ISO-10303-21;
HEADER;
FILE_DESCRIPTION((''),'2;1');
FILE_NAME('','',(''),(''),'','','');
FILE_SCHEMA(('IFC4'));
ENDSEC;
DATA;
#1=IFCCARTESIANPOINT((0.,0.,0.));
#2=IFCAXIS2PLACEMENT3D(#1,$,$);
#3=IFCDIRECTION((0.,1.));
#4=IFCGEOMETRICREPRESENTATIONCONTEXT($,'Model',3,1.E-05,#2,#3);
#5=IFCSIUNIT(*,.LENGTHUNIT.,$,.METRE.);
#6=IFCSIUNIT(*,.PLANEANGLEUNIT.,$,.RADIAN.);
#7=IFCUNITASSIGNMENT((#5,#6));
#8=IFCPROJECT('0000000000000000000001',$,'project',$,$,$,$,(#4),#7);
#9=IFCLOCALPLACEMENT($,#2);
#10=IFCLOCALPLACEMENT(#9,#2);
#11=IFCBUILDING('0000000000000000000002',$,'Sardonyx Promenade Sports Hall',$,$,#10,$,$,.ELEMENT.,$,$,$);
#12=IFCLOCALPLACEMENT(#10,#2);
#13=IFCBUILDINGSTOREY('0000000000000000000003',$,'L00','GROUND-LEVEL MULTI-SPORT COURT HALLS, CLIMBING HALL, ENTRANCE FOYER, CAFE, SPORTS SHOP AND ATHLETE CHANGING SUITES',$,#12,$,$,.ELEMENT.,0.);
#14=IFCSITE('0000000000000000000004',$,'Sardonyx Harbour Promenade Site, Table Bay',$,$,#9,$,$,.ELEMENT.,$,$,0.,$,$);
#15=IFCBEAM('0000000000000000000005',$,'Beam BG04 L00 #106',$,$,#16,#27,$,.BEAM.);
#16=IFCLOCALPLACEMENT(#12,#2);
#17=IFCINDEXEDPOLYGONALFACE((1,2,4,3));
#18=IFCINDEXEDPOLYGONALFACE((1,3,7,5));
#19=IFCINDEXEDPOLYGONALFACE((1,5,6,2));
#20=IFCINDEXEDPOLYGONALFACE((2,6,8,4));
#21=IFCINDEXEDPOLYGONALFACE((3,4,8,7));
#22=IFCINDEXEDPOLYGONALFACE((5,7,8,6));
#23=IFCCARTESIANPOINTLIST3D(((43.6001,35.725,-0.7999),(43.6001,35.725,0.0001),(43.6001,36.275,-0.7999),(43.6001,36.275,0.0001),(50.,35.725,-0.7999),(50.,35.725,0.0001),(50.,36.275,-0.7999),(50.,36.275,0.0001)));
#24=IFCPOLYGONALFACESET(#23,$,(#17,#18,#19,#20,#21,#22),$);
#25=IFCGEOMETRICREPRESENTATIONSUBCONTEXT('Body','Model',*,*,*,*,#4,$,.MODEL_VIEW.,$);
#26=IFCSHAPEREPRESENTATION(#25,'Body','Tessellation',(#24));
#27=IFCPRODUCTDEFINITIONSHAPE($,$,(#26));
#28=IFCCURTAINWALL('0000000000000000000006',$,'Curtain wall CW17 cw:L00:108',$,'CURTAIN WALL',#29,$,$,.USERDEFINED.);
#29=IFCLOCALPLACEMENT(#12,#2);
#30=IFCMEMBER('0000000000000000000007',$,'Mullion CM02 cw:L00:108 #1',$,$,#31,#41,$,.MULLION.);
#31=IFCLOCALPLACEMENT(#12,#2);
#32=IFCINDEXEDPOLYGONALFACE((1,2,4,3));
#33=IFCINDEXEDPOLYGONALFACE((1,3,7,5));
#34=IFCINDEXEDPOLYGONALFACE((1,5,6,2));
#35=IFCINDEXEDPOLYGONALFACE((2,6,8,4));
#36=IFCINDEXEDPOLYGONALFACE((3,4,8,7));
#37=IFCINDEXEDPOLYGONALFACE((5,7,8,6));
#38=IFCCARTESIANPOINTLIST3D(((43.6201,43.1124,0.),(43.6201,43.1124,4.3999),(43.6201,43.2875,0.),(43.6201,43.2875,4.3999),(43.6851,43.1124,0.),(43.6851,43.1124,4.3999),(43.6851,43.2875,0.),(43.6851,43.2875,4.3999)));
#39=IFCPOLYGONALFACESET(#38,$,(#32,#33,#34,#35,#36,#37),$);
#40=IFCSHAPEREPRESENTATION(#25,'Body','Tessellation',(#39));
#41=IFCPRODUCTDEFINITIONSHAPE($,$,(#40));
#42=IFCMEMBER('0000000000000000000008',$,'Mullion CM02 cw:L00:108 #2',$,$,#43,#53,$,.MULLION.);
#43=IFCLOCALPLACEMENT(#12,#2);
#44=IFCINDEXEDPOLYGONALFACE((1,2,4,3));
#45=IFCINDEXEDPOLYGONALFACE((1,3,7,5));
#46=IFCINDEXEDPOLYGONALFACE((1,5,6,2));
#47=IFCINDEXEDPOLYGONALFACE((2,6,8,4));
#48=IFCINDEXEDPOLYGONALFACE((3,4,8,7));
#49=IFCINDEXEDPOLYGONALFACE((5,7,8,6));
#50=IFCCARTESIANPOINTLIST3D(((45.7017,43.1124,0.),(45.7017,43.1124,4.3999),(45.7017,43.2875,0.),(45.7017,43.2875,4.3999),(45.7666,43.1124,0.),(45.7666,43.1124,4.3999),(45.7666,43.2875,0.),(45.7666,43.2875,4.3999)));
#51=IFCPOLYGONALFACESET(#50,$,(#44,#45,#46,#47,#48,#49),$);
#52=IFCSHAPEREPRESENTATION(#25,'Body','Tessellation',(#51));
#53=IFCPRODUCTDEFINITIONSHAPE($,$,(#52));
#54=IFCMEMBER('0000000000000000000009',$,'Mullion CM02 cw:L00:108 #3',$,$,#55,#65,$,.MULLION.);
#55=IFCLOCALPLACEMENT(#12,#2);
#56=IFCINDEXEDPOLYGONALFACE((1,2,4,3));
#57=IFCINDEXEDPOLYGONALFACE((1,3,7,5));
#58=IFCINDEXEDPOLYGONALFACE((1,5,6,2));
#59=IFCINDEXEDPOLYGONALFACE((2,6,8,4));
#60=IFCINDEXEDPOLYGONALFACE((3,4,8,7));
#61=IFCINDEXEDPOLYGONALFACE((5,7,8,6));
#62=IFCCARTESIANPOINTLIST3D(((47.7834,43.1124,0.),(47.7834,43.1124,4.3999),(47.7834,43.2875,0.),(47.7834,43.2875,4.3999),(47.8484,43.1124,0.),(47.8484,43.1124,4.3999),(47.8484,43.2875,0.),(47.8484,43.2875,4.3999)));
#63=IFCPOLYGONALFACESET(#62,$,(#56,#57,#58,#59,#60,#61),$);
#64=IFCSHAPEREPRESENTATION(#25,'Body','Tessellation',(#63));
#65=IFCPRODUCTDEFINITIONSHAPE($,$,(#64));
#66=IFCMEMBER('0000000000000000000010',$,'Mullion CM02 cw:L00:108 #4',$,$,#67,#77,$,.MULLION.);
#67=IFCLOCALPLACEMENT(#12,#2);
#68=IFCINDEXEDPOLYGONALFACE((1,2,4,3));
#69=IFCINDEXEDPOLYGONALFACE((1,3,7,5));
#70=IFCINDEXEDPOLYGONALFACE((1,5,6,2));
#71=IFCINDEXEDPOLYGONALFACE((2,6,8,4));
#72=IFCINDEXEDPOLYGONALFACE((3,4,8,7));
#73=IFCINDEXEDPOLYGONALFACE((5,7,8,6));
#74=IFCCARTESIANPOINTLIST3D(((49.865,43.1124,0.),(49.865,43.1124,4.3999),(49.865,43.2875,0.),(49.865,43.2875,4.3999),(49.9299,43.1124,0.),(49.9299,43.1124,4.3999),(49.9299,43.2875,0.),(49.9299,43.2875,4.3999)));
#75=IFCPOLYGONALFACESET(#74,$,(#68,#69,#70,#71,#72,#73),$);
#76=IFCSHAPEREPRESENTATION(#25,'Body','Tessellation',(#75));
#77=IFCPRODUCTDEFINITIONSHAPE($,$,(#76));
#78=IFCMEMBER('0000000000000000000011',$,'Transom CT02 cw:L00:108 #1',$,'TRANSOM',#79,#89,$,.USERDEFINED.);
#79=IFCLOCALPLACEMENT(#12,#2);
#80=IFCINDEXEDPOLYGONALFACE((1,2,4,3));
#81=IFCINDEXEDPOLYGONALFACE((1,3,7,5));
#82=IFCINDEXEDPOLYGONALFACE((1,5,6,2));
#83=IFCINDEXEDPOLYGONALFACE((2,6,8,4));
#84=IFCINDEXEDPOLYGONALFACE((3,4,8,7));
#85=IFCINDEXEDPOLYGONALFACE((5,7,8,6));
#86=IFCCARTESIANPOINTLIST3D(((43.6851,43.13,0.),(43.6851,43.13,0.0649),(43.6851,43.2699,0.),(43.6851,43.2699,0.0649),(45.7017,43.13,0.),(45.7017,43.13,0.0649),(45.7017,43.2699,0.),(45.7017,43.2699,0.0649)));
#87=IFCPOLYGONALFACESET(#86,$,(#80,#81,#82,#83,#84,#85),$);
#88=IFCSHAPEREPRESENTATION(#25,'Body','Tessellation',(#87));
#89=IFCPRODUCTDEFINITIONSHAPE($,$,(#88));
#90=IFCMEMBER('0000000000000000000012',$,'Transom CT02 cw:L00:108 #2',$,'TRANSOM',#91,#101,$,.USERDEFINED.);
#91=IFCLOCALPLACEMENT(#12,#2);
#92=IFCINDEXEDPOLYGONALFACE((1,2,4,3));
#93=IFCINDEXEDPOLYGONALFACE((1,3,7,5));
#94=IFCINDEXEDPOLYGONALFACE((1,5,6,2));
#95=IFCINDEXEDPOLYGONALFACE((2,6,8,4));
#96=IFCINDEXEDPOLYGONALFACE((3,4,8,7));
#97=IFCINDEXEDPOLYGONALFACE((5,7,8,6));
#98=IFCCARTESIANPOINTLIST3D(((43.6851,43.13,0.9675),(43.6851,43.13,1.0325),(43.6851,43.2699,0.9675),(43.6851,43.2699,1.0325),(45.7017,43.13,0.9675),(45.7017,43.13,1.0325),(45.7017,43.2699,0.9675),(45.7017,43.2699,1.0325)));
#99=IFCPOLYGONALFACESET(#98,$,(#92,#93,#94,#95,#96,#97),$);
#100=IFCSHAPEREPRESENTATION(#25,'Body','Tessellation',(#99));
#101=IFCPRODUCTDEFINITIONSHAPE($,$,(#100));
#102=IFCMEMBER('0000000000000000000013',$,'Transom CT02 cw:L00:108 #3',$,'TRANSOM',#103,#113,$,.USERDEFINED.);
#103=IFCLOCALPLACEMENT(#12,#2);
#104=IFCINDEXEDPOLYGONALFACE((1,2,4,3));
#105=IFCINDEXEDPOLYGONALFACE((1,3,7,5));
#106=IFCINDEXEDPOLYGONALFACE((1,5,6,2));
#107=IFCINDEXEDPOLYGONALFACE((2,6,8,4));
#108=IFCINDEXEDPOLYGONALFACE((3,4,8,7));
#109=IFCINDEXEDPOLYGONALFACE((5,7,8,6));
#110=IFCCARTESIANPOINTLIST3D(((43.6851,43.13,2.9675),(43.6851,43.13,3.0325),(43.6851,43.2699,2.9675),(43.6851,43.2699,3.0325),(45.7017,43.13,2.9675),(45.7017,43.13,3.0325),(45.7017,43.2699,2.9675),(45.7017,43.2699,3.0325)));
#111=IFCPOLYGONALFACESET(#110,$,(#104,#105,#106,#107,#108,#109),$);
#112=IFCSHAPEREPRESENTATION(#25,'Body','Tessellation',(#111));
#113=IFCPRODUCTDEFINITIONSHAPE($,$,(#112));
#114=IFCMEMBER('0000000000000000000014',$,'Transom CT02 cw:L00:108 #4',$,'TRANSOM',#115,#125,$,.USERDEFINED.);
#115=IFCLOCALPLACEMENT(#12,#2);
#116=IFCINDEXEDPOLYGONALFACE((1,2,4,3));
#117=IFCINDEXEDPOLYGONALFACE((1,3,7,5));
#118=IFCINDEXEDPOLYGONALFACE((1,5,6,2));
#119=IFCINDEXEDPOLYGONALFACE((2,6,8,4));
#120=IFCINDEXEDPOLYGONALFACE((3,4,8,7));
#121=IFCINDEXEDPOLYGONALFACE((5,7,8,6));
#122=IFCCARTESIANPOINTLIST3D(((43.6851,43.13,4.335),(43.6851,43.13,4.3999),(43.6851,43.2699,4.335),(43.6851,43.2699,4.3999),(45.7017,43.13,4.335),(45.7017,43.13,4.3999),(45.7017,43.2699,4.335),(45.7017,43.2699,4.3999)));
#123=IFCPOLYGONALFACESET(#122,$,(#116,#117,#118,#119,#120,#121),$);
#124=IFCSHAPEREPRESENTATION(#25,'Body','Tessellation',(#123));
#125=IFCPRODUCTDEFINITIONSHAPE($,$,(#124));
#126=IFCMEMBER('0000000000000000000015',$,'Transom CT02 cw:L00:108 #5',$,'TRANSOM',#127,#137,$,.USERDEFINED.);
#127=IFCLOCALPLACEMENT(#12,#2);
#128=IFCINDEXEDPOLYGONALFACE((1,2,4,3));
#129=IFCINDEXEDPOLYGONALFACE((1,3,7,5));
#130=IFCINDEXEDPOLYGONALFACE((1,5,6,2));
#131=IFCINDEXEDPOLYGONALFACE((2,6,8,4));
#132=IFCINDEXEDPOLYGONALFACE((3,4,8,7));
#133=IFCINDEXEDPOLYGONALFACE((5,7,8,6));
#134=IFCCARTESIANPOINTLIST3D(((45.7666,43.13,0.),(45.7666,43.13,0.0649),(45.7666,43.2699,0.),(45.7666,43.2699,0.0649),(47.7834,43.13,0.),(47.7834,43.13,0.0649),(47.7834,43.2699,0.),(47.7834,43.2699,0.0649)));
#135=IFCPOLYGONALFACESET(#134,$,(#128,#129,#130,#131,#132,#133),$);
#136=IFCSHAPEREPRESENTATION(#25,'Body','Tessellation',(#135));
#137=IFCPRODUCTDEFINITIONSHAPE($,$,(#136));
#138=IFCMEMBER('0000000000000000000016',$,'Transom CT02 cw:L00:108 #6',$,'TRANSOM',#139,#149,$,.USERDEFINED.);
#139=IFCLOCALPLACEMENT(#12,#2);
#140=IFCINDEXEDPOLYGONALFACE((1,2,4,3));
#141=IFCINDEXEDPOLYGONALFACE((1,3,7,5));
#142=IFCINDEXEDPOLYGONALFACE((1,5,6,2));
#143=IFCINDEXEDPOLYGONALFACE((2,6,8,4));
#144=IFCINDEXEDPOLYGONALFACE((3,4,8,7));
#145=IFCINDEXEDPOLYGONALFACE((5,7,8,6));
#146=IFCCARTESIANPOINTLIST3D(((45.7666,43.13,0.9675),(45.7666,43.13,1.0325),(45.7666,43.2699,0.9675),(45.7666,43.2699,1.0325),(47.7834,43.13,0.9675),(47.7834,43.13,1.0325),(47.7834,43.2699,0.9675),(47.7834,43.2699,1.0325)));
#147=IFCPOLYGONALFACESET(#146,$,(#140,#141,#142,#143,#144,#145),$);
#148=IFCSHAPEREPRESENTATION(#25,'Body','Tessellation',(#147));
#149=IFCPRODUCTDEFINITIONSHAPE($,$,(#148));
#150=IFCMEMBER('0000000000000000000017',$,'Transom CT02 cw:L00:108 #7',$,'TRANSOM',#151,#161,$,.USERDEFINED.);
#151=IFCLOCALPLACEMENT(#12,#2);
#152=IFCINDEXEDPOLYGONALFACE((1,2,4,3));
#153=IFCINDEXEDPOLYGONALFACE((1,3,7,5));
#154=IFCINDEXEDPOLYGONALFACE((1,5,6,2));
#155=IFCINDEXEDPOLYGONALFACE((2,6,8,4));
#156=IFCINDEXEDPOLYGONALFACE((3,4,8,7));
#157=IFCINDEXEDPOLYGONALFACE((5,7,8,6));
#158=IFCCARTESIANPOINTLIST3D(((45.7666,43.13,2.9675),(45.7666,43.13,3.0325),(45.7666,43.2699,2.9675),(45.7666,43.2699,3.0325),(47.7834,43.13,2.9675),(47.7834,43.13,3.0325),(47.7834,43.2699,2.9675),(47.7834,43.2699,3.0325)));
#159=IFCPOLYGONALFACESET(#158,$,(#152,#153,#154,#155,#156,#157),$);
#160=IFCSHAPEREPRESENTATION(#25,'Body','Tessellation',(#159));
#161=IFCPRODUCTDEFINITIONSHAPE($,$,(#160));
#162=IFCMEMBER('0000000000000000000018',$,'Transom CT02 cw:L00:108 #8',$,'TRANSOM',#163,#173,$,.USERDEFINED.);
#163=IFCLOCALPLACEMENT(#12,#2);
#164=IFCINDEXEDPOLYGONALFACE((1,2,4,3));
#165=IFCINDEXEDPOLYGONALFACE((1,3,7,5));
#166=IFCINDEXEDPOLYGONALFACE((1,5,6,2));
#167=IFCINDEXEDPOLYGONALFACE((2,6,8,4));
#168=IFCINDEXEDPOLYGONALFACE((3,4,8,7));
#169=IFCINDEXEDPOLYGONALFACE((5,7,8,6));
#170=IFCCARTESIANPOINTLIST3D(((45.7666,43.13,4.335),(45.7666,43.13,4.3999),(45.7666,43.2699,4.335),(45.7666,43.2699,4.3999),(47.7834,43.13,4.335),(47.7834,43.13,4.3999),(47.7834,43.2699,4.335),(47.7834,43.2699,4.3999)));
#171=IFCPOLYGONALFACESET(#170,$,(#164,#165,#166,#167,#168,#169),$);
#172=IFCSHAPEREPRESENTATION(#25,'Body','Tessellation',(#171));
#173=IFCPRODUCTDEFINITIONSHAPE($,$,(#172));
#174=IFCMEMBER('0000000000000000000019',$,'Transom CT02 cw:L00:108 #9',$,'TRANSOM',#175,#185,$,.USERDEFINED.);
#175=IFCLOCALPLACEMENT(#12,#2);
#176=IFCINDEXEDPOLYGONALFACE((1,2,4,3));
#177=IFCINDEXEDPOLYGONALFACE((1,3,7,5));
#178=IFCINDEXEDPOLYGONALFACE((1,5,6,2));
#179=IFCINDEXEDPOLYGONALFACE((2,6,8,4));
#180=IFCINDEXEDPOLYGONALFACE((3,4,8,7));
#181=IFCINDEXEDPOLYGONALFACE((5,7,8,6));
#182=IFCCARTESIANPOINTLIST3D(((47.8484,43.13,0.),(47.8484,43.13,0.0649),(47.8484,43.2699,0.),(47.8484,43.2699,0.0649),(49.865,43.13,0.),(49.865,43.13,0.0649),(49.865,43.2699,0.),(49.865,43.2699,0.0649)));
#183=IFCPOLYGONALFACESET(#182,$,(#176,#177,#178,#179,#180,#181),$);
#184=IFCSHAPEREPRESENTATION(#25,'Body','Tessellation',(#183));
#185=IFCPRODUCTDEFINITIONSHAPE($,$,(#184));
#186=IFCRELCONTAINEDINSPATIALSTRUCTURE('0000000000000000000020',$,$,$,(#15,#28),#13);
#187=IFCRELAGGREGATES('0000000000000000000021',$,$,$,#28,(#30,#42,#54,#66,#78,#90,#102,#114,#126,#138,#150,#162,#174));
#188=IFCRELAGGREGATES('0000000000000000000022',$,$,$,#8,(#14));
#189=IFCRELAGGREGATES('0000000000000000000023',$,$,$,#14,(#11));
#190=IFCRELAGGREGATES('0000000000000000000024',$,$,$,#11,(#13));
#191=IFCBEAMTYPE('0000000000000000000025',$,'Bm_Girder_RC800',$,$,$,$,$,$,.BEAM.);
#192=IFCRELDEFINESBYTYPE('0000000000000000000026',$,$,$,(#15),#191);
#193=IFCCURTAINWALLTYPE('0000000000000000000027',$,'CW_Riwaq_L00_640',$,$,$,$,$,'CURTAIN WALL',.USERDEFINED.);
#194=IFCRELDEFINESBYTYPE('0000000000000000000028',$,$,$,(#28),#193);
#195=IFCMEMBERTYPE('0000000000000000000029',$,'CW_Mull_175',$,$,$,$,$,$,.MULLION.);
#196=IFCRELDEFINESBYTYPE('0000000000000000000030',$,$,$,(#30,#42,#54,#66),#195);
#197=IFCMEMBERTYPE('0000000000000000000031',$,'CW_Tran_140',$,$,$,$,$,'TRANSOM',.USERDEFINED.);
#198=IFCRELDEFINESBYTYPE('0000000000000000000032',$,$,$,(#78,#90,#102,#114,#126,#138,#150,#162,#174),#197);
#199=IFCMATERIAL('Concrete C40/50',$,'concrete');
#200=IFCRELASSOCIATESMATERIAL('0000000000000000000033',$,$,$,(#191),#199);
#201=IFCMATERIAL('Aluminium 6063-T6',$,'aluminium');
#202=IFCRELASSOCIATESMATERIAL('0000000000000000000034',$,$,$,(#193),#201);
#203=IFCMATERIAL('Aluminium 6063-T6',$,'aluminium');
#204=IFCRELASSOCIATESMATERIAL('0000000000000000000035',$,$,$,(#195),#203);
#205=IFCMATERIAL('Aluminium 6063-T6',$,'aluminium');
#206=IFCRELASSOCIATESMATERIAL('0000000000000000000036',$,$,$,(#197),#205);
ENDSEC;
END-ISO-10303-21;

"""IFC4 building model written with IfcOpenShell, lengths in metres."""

from ifc_helpers import new_model, si_unit, direction, frame, origin, origin_2d, place, context, subcontext, project, spatial, rectangle, extrude, material, material_profile, profile_set, type_object, element, aggregate, save


model = new_model("IFC4")

# Units and contexts
model_context = context("Model", 3, precision=1e-05, world=origin(), true_north=direction((0.0, 1.0)))
body_context = subcontext(model_context, "Body", "Model", "MODEL_VIEW")
ifc_project = project(units=[si_unit("LENGTHUNIT", "METRE"), si_unit("PLANEANGLEUNIT", "RADIAN")], contexts=[model_context])

# Site, building, storey
site_placement = place(None, origin())
site = spatial("IfcSite", under=ifc_project, at=site_placement, Name="Sardonyx Harbour Promenade Site, Table Bay", CompositionType="ELEMENT", RefElevation=0.0)
building_placement = place(site_placement, origin())
building = spatial("IfcBuilding", under=site, at=building_placement, Name="Sardonyx Promenade Sports Hall", CompositionType="ELEMENT")
storey_placement = place(building_placement, origin())
storey = spatial("IfcBuildingStorey", under=building, at=storey_placement, Name="L00", Description="GROUND-LEVEL MULTI-SPORT COURT HALLS, CLIMBING HALL, ENTRANCE FOYER, CAFE, SPORTS SHOP AND ATHLETE CHANGING SUITES", CompositionType="ELEMENT", Elevation=0.0)

# Beam
ifc_material_1 = material(Name="Concrete C40/50", Category="concrete")
ifc_material_profile_1 = material_profile(ifc_material_1, rectangle(XDim=0.55, YDim=0.8, at=origin_2d()))
ifc_profile_set_1 = profile_set([ifc_material_profile_1], Name="Concrete C40/50")
beam_type = type_object("IfcBeamType", Name="Bm_Girder_RC800", PredefinedType="BEAM", material=ifc_profile_set_1)
beam_placement = place(storey_placement, frame((43.6001, 36.0, -0.3999), z_axis=(1.0, 0.0, 0.0), x_axis=(0.0, 1.0, 0.0)))
element("IfcBeam", 1, at=beam_placement, inside=storey, type_object=beam_type, Name="Beam BG04 L00 #106", PredefinedType="BEAM", context=body_context, shape_type="SweptSolid", body=[
    extrude(rectangle(XDim=0.55, YDim=0.8, at=origin_2d()), origin(), (0.0, 0.0, 1.0), 6.3999),
])

# Curtain wall, members
ifc_material_2 = material(Name="Aluminium 6063-T6", Category="aluminium")
curtain_wall_type = type_object("IfcCurtainWallType", Name="CW_Riwaq_L00_640", ElementType="CURTAIN WALL", PredefinedType="USERDEFINED", material=ifc_material_2)
curtain_wall_placement = place(storey_placement, origin())
curtain_wall = element("IfcCurtainWall", 2, at=curtain_wall_placement, inside=storey, type_object=curtain_wall_type, Name="Curtain wall CW17 cw:L00:108", ObjectType="CURTAIN WALL", PredefinedType="USERDEFINED")
ifc_material_3 = material(Name="Aluminium 6063-T6", Category="aluminium")
ifc_material_profile_2 = material_profile(ifc_material_3, rectangle(XDim=0.0649, YDim=0.175, at=origin_2d()))
ifc_profile_set_2 = profile_set([ifc_material_profile_2], Name="Aluminium 6063-T6")
member_type_1 = type_object("IfcMemberType", Name="CW_Mull_175", PredefinedType="MULLION", material=ifc_profile_set_2)
member_1_placement = place(storey_placement, frame((43.6526, 43.2, 0.0), z_axis=(0.0, 0.0, 1.0), x_axis=(1.0, 0.0, 0.0)))
member_1 = element("IfcMember", 3, at=member_1_placement, type_object=member_type_1, Name="Mullion CM02 cw:L00:108 #1", PredefinedType="MULLION", context=body_context, shape_type="SweptSolid", body=[
    extrude(rectangle(XDim=0.0649, YDim=0.175, at=origin_2d()), origin(), (0.0, 0.0, 1.0), 4.3999),
])
member_2_placement = place(storey_placement, frame((45.7341, 43.2, 0.0), z_axis=(0.0, 0.0, 1.0), x_axis=(1.0, 0.0, 0.0)))
member_2 = element("IfcMember", 4, at=member_2_placement, type_object=member_type_1, Name="Mullion CM02 cw:L00:108 #2", PredefinedType="MULLION", context=body_context, shape_type="SweptSolid", body=[
    extrude(rectangle(XDim=0.0649, YDim=0.175, at=origin_2d()), origin(), (0.0, 0.0, 1.0), 4.3999),
])
member_3_placement = place(storey_placement, frame((47.8159, 43.2, 0.0), z_axis=(0.0, 0.0, 1.0), x_axis=(1.0, 0.0, 0.0)))
member_3 = element("IfcMember", 5, at=member_3_placement, type_object=member_type_1, Name="Mullion CM02 cw:L00:108 #3", PredefinedType="MULLION", context=body_context, shape_type="SweptSolid", body=[
    extrude(rectangle(XDim=0.0649, YDim=0.175, at=origin_2d()), origin(), (0.0, 0.0, 1.0), 4.3999),
])
member_4_placement = place(storey_placement, frame((49.8975, 43.2, 0.0), z_axis=(0.0, 0.0, 1.0), x_axis=(1.0, 0.0, 0.0)))
member_4 = element("IfcMember", 6, at=member_4_placement, type_object=member_type_1, Name="Mullion CM02 cw:L00:108 #4", PredefinedType="MULLION", context=body_context, shape_type="SweptSolid", body=[
    extrude(rectangle(XDim=0.0649, YDim=0.175, at=origin_2d()), origin(), (0.0, 0.0, 1.0), 4.3999),
])
ifc_material_4 = material(Name="Aluminium 6063-T6", Category="aluminium")
ifc_material_profile_3 = material_profile(ifc_material_4, rectangle(XDim=0.0649, YDim=0.1399, at=origin_2d()))
ifc_profile_set_3 = profile_set([ifc_material_profile_3], Name="Aluminium 6063-T6")
member_type_2 = type_object("IfcMemberType", Name="CW_Tran_140", ElementType="TRANSOM", PredefinedType="USERDEFINED", material=ifc_profile_set_3)
member_5_placement = place(storey_placement, frame((43.6851, 43.2, 0.0325), z_axis=(1.0, 0.0, 0.0), x_axis=(0.0, 0.0, 1.0)))
member_5 = element("IfcMember", 7, at=member_5_placement, type_object=member_type_2, Name="Transom CT02 cw:L00:108 #1", ObjectType="TRANSOM", PredefinedType="USERDEFINED", context=body_context, shape_type="SweptSolid", body=[
    extrude(rectangle(XDim=0.0649, YDim=0.1399, at=origin_2d()), origin(), (0.0, 0.0, 1.0), 2.0166),
])
member_6_placement = place(storey_placement, frame((43.6851, 43.2, 1.0), z_axis=(1.0, 0.0, 0.0), x_axis=(0.0, 0.0, 1.0)))
member_6 = element("IfcMember", 8, at=member_6_placement, type_object=member_type_2, Name="Transom CT02 cw:L00:108 #2", ObjectType="TRANSOM", PredefinedType="USERDEFINED", context=body_context, shape_type="SweptSolid", body=[
    extrude(rectangle(XDim=0.0649, YDim=0.1399, at=origin_2d()), origin(), (0.0, 0.0, 1.0), 2.0166),
])
member_7_placement = place(storey_placement, frame((43.6851, 43.2, 3.0), z_axis=(1.0, 0.0, 0.0), x_axis=(0.0, 0.0, 1.0)))
member_7 = element("IfcMember", 9, at=member_7_placement, type_object=member_type_2, Name="Transom CT02 cw:L00:108 #3", ObjectType="TRANSOM", PredefinedType="USERDEFINED", context=body_context, shape_type="SweptSolid", body=[
    extrude(rectangle(XDim=0.0649, YDim=0.1399, at=origin_2d()), origin(), (0.0, 0.0, 1.0), 2.0166),
])
member_8_placement = place(storey_placement, frame((43.6851, 43.2, 4.3674), z_axis=(1.0, 0.0, 0.0), x_axis=(0.0, 0.0, 1.0)))
member_8 = element("IfcMember", 10, at=member_8_placement, type_object=member_type_2, Name="Transom CT02 cw:L00:108 #4", ObjectType="TRANSOM", PredefinedType="USERDEFINED", context=body_context, shape_type="SweptSolid", body=[
    extrude(rectangle(XDim=0.0649, YDim=0.1399, at=origin_2d()), origin(), (0.0, 0.0, 1.0), 2.0166),
])
member_9_placement = place(storey_placement, frame((45.7666, 43.2, 0.0325), z_axis=(1.0, 0.0, 0.0), x_axis=(0.0, 0.0, 1.0)))
member_9 = element("IfcMember", 11, at=member_9_placement, type_object=member_type_2, Name="Transom CT02 cw:L00:108 #5", ObjectType="TRANSOM", PredefinedType="USERDEFINED", context=body_context, shape_type="SweptSolid", body=[
    extrude(rectangle(XDim=0.0649, YDim=0.1399, at=origin_2d()), origin(), (0.0, 0.0, 1.0), 2.0168),
])
member_10_placement = place(storey_placement, frame((45.7666, 43.2, 1.0), z_axis=(1.0, 0.0, 0.0), x_axis=(0.0, 0.0, 1.0)))
member_10 = element("IfcMember", 12, at=member_10_placement, type_object=member_type_2, Name="Transom CT02 cw:L00:108 #6", ObjectType="TRANSOM", PredefinedType="USERDEFINED", context=body_context, shape_type="SweptSolid", body=[
    extrude(rectangle(XDim=0.0649, YDim=0.1399, at=origin_2d()), origin(), (0.0, 0.0, 1.0), 2.0168),
])
member_11_placement = place(storey_placement, frame((45.7666, 43.2, 3.0), z_axis=(1.0, 0.0, 0.0), x_axis=(0.0, 0.0, 1.0)))
member_11 = element("IfcMember", 13, at=member_11_placement, type_object=member_type_2, Name="Transom CT02 cw:L00:108 #7", ObjectType="TRANSOM", PredefinedType="USERDEFINED", context=body_context, shape_type="SweptSolid", body=[
    extrude(rectangle(XDim=0.0649, YDim=0.1399, at=origin_2d()), origin(), (0.0, 0.0, 1.0), 2.0168),
])
member_12_placement = place(storey_placement, frame((45.7666, 43.2, 4.3674), z_axis=(1.0, 0.0, 0.0), x_axis=(0.0, 0.0, 1.0)))
member_12 = element("IfcMember", 14, at=member_12_placement, type_object=member_type_2, Name="Transom CT02 cw:L00:108 #8", ObjectType="TRANSOM", PredefinedType="USERDEFINED", context=body_context, shape_type="SweptSolid", body=[
    extrude(rectangle(XDim=0.0649, YDim=0.1399, at=origin_2d()), origin(), (0.0, 0.0, 1.0), 2.0168),
])
member_13_placement = place(storey_placement, frame((47.8484, 43.2, 0.0325), z_axis=(1.0, 0.0, 0.0), x_axis=(0.0, 0.0, 1.0)))
member_13 = element("IfcMember", 15, at=member_13_placement, type_object=member_type_2, Name="Transom CT02 cw:L00:108 #9", ObjectType="TRANSOM", PredefinedType="USERDEFINED", context=body_context, shape_type="SweptSolid", body=[
    extrude(rectangle(XDim=0.0649, YDim=0.1399, at=origin_2d()), origin(), (0.0, 0.0, 1.0), 2.0166),
])
aggregate(curtain_wall, [member_1, member_2, member_3, member_4, member_5, member_6, member_7, member_8, member_9, member_10, member_11, member_12, member_13])

save(model, "model.ifc")
